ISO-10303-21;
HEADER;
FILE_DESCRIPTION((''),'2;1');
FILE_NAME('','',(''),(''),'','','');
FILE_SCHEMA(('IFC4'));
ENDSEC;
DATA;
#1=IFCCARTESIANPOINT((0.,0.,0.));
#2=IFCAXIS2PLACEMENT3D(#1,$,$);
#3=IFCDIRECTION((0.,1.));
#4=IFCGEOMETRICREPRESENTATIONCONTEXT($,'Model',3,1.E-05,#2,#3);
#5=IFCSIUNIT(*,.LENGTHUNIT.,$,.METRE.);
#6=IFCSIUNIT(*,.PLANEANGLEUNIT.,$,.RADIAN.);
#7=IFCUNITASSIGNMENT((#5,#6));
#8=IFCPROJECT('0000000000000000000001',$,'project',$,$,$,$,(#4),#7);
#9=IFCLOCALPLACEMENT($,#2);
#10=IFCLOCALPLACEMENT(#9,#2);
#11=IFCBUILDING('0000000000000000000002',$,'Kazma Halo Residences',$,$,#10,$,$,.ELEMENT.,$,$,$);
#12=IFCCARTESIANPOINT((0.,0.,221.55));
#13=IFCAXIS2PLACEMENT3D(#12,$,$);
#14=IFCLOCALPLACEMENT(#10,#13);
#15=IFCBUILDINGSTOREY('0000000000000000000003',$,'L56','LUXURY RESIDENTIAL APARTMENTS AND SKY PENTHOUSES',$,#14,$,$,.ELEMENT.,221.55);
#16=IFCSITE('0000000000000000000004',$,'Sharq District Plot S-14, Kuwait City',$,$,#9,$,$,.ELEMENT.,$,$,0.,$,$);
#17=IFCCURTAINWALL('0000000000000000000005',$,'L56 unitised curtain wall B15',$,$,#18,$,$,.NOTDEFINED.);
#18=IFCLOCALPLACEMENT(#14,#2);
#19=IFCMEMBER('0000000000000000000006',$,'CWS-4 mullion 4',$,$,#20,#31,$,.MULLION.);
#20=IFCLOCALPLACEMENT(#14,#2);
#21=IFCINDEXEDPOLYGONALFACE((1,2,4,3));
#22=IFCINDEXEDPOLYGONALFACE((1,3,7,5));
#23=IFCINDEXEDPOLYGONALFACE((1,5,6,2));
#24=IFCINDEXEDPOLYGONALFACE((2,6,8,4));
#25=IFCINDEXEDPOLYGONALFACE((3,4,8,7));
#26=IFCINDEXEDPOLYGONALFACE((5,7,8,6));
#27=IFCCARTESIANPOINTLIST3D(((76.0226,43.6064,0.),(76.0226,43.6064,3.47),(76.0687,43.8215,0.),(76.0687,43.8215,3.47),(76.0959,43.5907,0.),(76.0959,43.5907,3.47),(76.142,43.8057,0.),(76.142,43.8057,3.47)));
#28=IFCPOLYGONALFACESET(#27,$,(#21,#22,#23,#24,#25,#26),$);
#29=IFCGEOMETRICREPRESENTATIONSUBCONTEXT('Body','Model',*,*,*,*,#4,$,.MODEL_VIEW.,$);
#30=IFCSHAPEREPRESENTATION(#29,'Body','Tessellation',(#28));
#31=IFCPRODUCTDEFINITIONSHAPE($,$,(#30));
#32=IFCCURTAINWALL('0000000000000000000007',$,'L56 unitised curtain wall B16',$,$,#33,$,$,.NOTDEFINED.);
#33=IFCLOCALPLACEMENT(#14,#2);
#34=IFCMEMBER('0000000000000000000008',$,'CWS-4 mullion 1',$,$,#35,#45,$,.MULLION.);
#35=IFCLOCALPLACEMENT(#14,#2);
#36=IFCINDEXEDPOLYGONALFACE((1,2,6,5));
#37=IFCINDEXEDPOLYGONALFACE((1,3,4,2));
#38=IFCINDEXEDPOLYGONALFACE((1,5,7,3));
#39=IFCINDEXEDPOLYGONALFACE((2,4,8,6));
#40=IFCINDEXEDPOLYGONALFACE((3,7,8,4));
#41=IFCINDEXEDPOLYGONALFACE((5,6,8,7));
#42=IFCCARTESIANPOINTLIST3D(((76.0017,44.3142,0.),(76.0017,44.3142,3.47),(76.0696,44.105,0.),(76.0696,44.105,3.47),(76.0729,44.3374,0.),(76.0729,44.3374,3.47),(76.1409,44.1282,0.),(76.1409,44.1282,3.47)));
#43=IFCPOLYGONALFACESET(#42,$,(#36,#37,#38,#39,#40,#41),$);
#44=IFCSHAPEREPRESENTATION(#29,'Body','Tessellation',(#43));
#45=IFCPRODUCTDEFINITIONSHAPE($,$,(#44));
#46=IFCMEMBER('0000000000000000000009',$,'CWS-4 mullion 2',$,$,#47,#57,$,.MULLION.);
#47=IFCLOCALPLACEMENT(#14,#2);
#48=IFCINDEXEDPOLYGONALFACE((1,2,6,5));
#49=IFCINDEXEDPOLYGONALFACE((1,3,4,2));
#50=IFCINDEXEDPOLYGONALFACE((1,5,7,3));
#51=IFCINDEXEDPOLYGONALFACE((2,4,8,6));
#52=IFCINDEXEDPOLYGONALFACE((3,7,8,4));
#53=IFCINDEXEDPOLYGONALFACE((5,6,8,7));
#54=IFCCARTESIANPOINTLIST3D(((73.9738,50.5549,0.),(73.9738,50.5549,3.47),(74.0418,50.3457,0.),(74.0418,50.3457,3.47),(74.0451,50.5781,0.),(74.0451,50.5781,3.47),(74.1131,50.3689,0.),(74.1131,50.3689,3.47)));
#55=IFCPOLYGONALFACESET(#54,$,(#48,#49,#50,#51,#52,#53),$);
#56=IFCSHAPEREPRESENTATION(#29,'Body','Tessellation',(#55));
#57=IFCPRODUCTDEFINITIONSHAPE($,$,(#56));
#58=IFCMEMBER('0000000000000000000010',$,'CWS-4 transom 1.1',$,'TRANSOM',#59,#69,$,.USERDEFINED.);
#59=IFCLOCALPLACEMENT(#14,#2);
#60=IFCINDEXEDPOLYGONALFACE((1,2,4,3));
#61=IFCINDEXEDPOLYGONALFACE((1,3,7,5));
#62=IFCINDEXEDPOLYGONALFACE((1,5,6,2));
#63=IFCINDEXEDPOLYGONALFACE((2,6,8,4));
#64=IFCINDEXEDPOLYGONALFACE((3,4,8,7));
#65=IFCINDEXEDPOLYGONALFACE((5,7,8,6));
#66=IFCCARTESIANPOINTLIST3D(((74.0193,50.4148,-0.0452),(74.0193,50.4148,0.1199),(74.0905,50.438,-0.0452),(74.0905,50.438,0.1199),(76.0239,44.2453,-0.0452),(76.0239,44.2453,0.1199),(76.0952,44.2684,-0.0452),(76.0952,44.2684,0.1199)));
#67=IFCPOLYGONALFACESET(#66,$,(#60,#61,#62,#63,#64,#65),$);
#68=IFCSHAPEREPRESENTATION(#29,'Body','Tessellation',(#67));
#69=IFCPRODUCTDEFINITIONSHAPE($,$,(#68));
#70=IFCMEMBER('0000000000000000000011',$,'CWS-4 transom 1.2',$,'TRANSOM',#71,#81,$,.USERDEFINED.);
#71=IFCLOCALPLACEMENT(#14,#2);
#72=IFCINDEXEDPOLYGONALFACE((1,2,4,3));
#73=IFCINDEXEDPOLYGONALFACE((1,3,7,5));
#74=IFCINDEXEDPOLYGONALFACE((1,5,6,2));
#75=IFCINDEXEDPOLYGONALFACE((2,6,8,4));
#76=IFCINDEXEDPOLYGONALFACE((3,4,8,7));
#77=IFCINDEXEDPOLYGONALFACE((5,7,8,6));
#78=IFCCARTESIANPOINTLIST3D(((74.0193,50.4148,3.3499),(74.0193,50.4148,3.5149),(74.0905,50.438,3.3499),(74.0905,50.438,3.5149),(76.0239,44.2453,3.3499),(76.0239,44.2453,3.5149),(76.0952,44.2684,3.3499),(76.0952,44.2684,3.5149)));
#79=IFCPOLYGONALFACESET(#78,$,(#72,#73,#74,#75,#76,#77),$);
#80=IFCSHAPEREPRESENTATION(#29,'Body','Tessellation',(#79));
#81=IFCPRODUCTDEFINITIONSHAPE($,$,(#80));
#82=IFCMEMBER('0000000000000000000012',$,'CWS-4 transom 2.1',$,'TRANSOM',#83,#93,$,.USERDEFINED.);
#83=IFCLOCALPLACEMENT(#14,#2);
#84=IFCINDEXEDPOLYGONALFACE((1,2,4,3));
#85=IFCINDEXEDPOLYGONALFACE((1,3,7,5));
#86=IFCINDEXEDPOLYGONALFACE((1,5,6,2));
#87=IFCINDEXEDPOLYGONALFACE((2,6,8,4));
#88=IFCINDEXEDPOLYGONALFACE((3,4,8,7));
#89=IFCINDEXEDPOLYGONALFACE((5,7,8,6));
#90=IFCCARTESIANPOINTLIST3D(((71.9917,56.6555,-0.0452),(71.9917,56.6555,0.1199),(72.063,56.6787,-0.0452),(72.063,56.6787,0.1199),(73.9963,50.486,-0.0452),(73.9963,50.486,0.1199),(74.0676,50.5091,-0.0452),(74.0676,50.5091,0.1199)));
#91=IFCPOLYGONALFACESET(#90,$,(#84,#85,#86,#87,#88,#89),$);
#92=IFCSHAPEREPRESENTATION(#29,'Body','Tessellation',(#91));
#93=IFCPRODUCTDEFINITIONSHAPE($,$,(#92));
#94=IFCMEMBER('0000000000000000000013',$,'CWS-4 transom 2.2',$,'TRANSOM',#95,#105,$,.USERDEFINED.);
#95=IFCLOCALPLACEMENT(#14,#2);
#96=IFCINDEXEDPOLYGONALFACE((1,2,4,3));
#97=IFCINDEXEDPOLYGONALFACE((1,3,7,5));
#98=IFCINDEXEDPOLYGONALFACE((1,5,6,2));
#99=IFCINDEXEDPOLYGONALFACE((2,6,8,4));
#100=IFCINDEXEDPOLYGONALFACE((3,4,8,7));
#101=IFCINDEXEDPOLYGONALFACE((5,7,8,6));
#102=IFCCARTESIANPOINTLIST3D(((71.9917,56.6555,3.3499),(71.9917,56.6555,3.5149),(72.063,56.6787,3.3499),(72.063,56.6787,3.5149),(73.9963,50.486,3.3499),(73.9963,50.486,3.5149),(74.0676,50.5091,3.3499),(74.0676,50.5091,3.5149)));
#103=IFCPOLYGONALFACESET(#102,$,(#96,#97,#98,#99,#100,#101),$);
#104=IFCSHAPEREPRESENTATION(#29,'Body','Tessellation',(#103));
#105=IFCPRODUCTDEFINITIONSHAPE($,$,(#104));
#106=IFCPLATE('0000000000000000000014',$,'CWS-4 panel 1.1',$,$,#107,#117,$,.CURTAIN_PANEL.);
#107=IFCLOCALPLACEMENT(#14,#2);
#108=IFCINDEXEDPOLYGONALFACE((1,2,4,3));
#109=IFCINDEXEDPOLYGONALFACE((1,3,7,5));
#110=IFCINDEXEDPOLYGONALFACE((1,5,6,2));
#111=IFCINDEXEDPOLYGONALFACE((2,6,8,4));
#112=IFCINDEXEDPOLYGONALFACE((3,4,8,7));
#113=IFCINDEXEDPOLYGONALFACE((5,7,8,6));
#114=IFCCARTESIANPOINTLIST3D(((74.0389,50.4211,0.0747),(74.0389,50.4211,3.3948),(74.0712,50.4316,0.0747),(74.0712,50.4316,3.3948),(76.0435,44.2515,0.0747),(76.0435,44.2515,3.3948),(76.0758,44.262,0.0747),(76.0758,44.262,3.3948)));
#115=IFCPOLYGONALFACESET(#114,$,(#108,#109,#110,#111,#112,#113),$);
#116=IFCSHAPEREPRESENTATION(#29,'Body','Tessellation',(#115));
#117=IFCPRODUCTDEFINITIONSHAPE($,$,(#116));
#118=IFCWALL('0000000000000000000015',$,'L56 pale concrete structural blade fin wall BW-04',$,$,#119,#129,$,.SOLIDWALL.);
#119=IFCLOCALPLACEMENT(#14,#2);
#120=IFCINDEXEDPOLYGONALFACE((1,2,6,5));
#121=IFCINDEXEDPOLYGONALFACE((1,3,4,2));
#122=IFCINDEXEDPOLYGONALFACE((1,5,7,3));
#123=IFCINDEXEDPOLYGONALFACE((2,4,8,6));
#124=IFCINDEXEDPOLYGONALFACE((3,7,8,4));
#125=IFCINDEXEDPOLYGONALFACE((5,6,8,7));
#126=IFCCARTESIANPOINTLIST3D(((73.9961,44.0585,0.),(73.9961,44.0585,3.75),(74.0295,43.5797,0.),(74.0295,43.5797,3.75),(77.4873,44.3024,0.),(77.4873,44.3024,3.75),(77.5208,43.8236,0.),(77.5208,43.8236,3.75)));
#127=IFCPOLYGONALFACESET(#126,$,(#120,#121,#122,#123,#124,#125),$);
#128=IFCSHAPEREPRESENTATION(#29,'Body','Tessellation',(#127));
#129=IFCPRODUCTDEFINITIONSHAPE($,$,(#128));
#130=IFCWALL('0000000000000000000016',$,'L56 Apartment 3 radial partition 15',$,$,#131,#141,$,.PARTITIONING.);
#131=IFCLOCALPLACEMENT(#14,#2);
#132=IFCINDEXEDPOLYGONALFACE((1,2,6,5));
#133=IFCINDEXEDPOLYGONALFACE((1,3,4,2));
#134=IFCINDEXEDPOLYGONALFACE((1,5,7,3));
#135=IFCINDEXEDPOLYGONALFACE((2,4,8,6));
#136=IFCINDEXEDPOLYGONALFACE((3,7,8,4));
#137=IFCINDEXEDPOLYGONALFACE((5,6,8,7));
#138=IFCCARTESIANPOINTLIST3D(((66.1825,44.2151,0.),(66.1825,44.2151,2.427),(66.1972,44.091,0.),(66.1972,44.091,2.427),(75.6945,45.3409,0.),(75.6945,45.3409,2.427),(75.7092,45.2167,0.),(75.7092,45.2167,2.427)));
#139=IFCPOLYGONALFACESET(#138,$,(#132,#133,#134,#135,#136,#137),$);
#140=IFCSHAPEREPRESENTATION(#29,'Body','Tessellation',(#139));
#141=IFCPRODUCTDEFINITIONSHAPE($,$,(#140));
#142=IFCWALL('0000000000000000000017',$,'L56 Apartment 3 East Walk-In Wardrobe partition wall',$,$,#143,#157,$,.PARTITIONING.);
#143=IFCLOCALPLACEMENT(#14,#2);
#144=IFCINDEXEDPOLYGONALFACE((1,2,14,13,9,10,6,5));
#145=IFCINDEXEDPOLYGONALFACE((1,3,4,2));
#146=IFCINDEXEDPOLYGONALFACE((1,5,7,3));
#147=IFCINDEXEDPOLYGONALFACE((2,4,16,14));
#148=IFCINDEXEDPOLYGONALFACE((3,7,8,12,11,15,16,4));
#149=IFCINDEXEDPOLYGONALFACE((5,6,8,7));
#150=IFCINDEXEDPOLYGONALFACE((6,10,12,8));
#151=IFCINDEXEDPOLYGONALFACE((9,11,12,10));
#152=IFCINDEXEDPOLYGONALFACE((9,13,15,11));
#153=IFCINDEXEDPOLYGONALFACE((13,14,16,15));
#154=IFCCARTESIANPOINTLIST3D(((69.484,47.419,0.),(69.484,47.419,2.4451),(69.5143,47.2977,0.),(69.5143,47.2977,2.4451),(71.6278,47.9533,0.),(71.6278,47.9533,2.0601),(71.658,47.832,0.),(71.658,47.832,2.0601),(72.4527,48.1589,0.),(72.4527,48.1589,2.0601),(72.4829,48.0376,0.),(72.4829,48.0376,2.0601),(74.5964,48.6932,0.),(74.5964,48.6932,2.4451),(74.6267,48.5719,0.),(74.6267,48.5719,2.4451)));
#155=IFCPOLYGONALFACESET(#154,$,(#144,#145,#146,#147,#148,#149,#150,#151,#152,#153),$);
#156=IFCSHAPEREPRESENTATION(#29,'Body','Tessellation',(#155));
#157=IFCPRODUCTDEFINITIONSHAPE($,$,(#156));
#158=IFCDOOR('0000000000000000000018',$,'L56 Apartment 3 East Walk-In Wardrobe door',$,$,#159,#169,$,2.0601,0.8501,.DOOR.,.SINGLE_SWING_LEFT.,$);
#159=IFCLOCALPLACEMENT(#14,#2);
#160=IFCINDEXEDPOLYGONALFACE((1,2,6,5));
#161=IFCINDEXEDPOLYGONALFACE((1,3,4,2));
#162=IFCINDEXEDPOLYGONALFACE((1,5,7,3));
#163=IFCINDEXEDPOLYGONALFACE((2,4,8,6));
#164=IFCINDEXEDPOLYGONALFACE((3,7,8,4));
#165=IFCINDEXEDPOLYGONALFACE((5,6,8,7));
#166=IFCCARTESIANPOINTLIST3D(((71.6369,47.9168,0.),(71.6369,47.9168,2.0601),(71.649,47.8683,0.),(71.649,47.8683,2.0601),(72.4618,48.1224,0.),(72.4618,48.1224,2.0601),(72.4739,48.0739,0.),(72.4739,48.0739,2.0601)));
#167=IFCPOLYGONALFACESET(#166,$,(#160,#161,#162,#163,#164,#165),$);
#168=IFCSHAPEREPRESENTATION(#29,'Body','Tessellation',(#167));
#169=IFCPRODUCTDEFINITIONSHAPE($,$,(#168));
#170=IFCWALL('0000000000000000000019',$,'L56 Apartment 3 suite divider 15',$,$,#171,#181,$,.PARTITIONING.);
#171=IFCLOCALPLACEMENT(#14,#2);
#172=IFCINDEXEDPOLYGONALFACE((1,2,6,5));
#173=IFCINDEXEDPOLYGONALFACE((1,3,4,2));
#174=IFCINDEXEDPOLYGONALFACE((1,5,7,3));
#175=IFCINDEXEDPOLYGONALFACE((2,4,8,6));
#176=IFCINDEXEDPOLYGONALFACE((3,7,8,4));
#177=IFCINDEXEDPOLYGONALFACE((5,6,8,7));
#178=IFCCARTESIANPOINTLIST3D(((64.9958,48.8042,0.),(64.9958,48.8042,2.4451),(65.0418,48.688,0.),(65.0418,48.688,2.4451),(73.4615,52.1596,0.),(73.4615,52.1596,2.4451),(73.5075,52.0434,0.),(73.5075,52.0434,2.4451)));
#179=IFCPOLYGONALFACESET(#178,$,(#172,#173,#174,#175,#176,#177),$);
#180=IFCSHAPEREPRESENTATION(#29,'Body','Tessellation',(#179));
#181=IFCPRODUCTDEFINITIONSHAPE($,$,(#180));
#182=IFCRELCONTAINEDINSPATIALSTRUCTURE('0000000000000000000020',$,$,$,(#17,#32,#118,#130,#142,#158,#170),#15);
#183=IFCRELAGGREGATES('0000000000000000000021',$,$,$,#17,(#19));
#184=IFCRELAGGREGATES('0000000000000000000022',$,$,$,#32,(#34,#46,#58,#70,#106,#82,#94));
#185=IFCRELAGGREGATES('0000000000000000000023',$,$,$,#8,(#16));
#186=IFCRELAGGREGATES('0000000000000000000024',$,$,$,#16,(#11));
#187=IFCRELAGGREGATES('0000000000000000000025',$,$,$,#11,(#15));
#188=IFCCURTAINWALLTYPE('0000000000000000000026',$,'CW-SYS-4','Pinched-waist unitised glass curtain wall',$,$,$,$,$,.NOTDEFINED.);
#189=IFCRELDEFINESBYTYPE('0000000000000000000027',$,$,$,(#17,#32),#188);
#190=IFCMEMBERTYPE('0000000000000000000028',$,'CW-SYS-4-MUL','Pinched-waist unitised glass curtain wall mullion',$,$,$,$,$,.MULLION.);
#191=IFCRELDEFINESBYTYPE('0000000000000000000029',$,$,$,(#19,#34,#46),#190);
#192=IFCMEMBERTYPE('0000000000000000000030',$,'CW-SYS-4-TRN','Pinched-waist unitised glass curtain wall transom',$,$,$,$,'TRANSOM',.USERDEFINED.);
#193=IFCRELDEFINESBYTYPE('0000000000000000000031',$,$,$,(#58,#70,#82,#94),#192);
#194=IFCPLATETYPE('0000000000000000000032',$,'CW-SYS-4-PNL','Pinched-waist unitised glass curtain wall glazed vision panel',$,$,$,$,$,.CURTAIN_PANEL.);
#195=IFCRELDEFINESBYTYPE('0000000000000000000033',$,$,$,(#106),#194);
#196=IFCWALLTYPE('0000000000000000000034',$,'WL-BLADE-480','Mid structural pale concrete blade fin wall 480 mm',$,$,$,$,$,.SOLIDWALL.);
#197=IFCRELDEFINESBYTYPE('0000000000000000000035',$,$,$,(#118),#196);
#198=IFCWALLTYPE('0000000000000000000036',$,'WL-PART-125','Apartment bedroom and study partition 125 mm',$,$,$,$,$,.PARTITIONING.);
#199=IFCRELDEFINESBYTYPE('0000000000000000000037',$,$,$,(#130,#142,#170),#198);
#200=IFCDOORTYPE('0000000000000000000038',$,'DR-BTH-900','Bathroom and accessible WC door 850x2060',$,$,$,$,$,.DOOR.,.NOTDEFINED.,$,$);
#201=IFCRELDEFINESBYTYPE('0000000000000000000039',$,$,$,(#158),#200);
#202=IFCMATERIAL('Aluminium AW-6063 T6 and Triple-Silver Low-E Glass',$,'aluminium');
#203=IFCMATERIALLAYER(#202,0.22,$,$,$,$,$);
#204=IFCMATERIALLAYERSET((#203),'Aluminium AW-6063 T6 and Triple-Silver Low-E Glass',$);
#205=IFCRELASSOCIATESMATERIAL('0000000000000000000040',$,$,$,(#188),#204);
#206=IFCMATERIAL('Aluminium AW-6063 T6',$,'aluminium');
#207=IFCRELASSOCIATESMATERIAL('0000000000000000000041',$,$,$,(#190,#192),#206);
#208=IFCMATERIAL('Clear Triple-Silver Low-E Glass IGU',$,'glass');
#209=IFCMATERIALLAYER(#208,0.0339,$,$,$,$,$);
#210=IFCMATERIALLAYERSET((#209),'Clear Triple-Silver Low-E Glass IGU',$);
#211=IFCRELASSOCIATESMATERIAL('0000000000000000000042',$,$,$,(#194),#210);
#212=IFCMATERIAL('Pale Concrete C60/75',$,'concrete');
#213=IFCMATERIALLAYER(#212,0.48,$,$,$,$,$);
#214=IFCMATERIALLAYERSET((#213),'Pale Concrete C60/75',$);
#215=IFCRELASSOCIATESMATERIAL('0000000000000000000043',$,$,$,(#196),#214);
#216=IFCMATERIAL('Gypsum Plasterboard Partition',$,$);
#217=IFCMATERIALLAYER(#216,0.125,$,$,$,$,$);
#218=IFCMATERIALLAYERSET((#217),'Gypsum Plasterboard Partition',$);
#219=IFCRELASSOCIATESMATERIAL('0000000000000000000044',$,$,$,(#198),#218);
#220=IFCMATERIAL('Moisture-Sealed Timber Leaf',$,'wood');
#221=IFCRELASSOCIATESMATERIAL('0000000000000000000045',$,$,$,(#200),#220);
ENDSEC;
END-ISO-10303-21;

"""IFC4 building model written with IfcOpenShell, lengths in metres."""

from ifc_helpers import new_model, si_unit, direction, frame, frame_2d, origin, origin_2d, place, context, subcontext, project, spatial, rectangle, extrude, material, layer, layer_set, material_profile, profile_set, type_object, element, fill, aggregate, save


model = new_model("IFC4")

# Units and contexts
model_context = context("Model", 3, precision=1e-05, world=origin(), true_north=direction((0.0, 1.0)))
body_context = subcontext(model_context, "Body", "Model", "MODEL_VIEW")
ifc_project = project(units=[si_unit("LENGTHUNIT", "METRE"), si_unit("PLANEANGLEUNIT", "RADIAN")], contexts=[model_context])

# Site, building, storey
site_placement = place(None, origin())
site = spatial("IfcSite", under=ifc_project, at=site_placement, Name="Sharq District Plot S-14, Kuwait City", CompositionType="ELEMENT", RefElevation=0.0)
building_placement = place(site_placement, origin())
building = spatial("IfcBuilding", under=site, at=building_placement, Name="Kazma Halo Residences", CompositionType="ELEMENT")
storey_placement = place(building_placement, frame((0.0, 0.0, 221.55)))
storey = spatial("IfcBuildingStorey", under=building, at=storey_placement, Name="L56", Description="LUXURY RESIDENTIAL APARTMENTS AND SKY PENTHOUSES", CompositionType="ELEMENT", Elevation=221.55)

# Curtain wall, member
ifc_material_1 = material(Name="Aluminium AW-6063 T6 and Triple-Silver Low-E Glass", Category="aluminium")
ifc_layer_1 = layer(ifc_material_1, 0.22)
ifc_layer_set_1 = layer_set([ifc_layer_1], Name="Aluminium AW-6063 T6 and Triple-Silver Low-E Glass")
curtain_wall_type = type_object("IfcCurtainWallType", Name="CW-SYS-4", Description="Pinched-waist unitised glass curtain wall", PredefinedType="NOTDEFINED", material=ifc_layer_set_1)
curtain_wall_1_placement = place(storey_placement, origin())
curtain_wall_1 = element("IfcCurtainWall", 1, at=curtain_wall_1_placement, inside=storey, type_object=curtain_wall_type, Name="L56 unitised curtain wall B15", PredefinedType="NOTDEFINED")
ifc_material_2 = material(Name="Aluminium AW-6063 T6", Category="aluminium")
ifc_material_profile_1 = material_profile(ifc_material_2, rectangle(XDim=0.075, YDim=0.22, at=origin_2d()), Name="CWM-75x220")
ifc_profile_set_1 = profile_set([ifc_material_profile_1], Name="Aluminium AW-6063 T6")
member_type_1 = type_object("IfcMemberType", Name="CW-SYS-4-MUL", Description="Pinched-waist unitised glass curtain wall mullion", PredefinedType="MULLION", material=ifc_profile_set_1)
member_1_placement = place(storey_placement, frame((76.0823, 43.7061, 0.0), z_axis=(0.0, 0.0, 1.0), x_axis=(-0.977768, 0.20969, 0.0)))
member_1 = element("IfcMember", 2, at=member_1_placement, type_object=member_type_1, Name="CWS-4 mullion 4", PredefinedType="MULLION", context=body_context, shape_type="SweptSolid", body=[
    extrude(rectangle(XDim=0.075, YDim=0.22, at=origin_2d()), origin(), (0.0, 0.0, 1.0), 3.47),
])
aggregate(curtain_wall_1, [member_1])

# Curtain wall, members, plate
curtain_wall_2_placement = place(storey_placement, origin())
curtain_wall_2 = element("IfcCurtainWall", 3, at=curtain_wall_2_placement, inside=storey, type_object=curtain_wall_type, Name="L56 unitised curtain wall B16", PredefinedType="NOTDEFINED")
member_2_placement = place(storey_placement, frame((76.0713, 44.2212, 0.0), z_axis=(0.0, 0.0, 1.0), x_axis=(-0.951057, -0.309016, 0.0)))
member_2 = element("IfcMember", 4, at=member_2_placement, type_object=member_type_1, Name="CWS-4 mullion 1", PredefinedType="MULLION", context=body_context, shape_type="SweptSolid", body=[
    extrude(rectangle(XDim=0.075, YDim=0.22, at=origin_2d()), origin(), (0.0, 0.0, 1.0), 3.47),
])
member_3_placement = place(storey_placement, frame((74.0435, 50.4619, 0.0), z_axis=(0.0, 0.0, 1.0), x_axis=(-0.951057, -0.309016, 0.0)))
member_3 = element("IfcMember", 5, at=member_3_placement, type_object=member_type_1, Name="CWS-4 mullion 2", PredefinedType="MULLION", context=body_context, shape_type="SweptSolid", body=[
    extrude(rectangle(XDim=0.075, YDim=0.22, at=origin_2d()), origin(), (0.0, 0.0, 1.0), 3.47),
])
ifc_material_profile_2 = material_profile(ifc_material_2, rectangle(XDim=0.075, YDim=0.165, at=origin_2d()), Name="CWT-75x165")
ifc_profile_set_2 = profile_set([ifc_material_profile_2], Name="Aluminium AW-6063 T6")
member_type_2 = type_object("IfcMemberType", Name="CW-SYS-4-TRN", Description="Pinched-waist unitised glass curtain wall transom", ElementType="TRANSOM", PredefinedType="USERDEFINED", material=ifc_profile_set_2)
member_4_placement = place(storey_placement, frame((76.0596, 44.2568, 0.0374), z_axis=(-0.309027, 0.951053, 0.0), x_axis=(-0.951053, -0.309027, 0.0)))
member_4 = element("IfcMember", 6, at=member_4_placement, type_object=member_type_2, Name="CWS-4 transom 1.1", ObjectType="TRANSOM", PredefinedType="USERDEFINED", context=body_context, shape_type="SweptSolid", body=[
    extrude(rectangle(XDim=0.075, YDim=0.165, at=origin_2d()), origin(), (0.0, 0.0, 1.0), 6.4871),
])
member_5_placement = place(storey_placement, frame((76.0596, 44.2568, 3.4324), z_axis=(-0.309027, 0.951053, 0.0), x_axis=(-0.951053, -0.309027, 0.0)))
member_5 = element("IfcMember", 7, at=member_5_placement, type_object=member_type_2, Name="CWS-4 transom 1.2", ObjectType="TRANSOM", PredefinedType="USERDEFINED", context=body_context, shape_type="SweptSolid", body=[
    extrude(rectangle(XDim=0.075, YDim=0.165, at=origin_2d()), origin(), (0.0, 0.0, 1.0), 6.4871),
])
member_6_placement = place(storey_placement, frame((74.032, 50.4976, 0.0374), z_axis=(-0.309015, 0.951057, 0.0), x_axis=(-0.951057, -0.309015, 0.0)))
member_6 = element("IfcMember", 8, at=member_6_placement, type_object=member_type_2, Name="CWS-4 transom 2.1", ObjectType="TRANSOM", PredefinedType="USERDEFINED", context=body_context, shape_type="SweptSolid", body=[
    extrude(rectangle(XDim=0.075, YDim=0.165, at=origin_2d()), origin(), (0.0, 0.0, 1.0), 6.4871),
])
member_7_placement = place(storey_placement, frame((74.032, 50.4976, 3.4324), z_axis=(-0.309015, 0.951057, 0.0), x_axis=(-0.951057, -0.309015, 0.0)))
member_7 = element("IfcMember", 9, at=member_7_placement, type_object=member_type_2, Name="CWS-4 transom 2.2", ObjectType="TRANSOM", PredefinedType="USERDEFINED", context=body_context, shape_type="SweptSolid", body=[
    extrude(rectangle(XDim=0.075, YDim=0.165, at=origin_2d()), origin(), (0.0, 0.0, 1.0), 6.4871),
])
ifc_material_3 = material(Name="Clear Triple-Silver Low-E Glass IGU", Category="glass")
ifc_layer_2 = layer(ifc_material_3, 0.0339)
ifc_layer_set_2 = layer_set([ifc_layer_2], Name="Clear Triple-Silver Low-E Glass IGU")
plate_type = type_object("IfcPlateType", Name="CW-SYS-4-PNL", Description="Pinched-waist unitised glass curtain wall glazed vision panel", PredefinedType="CURTAIN_PANEL", material=ifc_layer_set_2)
plate_placement = place(storey_placement, frame((75.0574, 47.3416, 0.0747), z_axis=(0.0, 0.0, 1.0), x_axis=(-0.309016, 0.951057, 0.0)))
plate = element("IfcPlate", 10, at=plate_placement, type_object=plate_type, Name="CWS-4 panel 1.1", PredefinedType="CURTAIN_PANEL", context=body_context, shape_type="SweptSolid", body=[
    extrude(rectangle(XDim=6.4871, YDim=0.0339, at=origin_2d()), origin(), (0.0, 0.0, 1.0), 3.3201),
])
aggregate(curtain_wall_2, [member_2, member_3, member_4, member_5, plate, member_6, member_7])

# Walls
ifc_material_4 = material(Name="Pale Concrete C60/75", Category="concrete")
ifc_layer_3 = layer(ifc_material_4, 0.48)
ifc_layer_set_3 = layer_set([ifc_layer_3], Name="Pale Concrete C60/75")
wall_type_1 = type_object("IfcWallType", Name="WL-BLADE-480", Description="Mid structural pale concrete blade fin wall 480 mm", PredefinedType="SOLIDWALL", material=ifc_layer_set_3)
wall_1_placement = place(storey_placement, frame((74.0127, 43.8191, 0.0), z_axis=(0.0, 0.0, 1.0), x_axis=(0.997569, 0.06969, 0.0)))
element("IfcWall", 11, at=wall_1_placement, inside=storey, type_object=wall_type_1, Name="L56 pale concrete structural blade fin wall BW-04", PredefinedType="SOLIDWALL", context=body_context, shape_type="SweptSolid", body=[
    extrude(rectangle(XDim=3.4998, YDim=0.48, at=frame_2d((1.75, 0.0))), origin(), (0.0, 0.0, 1.0), 3.75),
])
ifc_material_5 = material(Name="Gypsum Plasterboard Partition")
ifc_layer_4 = layer(ifc_material_5, 0.125)
ifc_layer_set_4 = layer_set([ifc_layer_4], Name="Gypsum Plasterboard Partition")
wall_type_2 = type_object("IfcWallType", Name="WL-PART-125", Description="Apartment bedroom and study partition 125 mm", PredefinedType="PARTITIONING", material=ifc_layer_set_4)
wall_2_placement = place(storey_placement, frame((66.1899, 44.1531, 0.0), z_axis=(0.0, 0.0, 1.0), x_axis=(0.993069, 0.117529, 0.0)))
element("IfcWall", 12, at=wall_2_placement, inside=storey, type_object=wall_type_2, Name="L56 Apartment 3 radial partition 15", PredefinedType="PARTITIONING", context=body_context, shape_type="SweptSolid", body=[
    extrude(rectangle(XDim=9.5784, YDim=0.125, at=frame_2d((4.7891, 0.0))), origin(), (0.0, 0.0, 1.0), 2.427),
])

# Wall, opening, door
wall_3_placement = place(storey_placement, frame((69.4993, 47.3584, 0.0), z_axis=(0.0, 0.0, 1.0), x_axis=(0.970317, 0.241838, 0.0)))
wall_3 = element("IfcWall", 13, at=wall_3_placement, inside=storey, type_object=wall_type_2, Name="L56 Apartment 3 East Walk-In Wardrobe partition wall", PredefinedType="PARTITIONING", context=body_context, shape_type="SweptSolid", body=[
    extrude(rectangle(XDim=5.2688, YDim=0.125, at=frame_2d((2.6343, 0.0))), origin(), (0.0, 0.0, 1.0), 2.4451),
])
opening_1_placement = place(wall_3_placement, frame((2.2092, 0.0, 0.0)))
opening_1 = element("IfcOpeningElement", 14, at=opening_1_placement, cuts=wall_3, PredefinedType="OPENING", context=body_context, shape_type="SweptSolid", body=[
    extrude(rectangle(XDim=0.8501, YDim=2.0601, at=frame_2d((0.425, 1.03))), frame((0.0, 0.0725, 0.0), z_axis=(0.0, -1.0, 0.0), x_axis=(1.0, 0.0, 0.0)), (0.0, 0.0, 1.0), 0.145),
])
ifc_material_6 = material(Name="Moisture-Sealed Timber Leaf", Category="wood")
door_type = type_object("IfcDoorType", Name="DR-BTH-900", Description="Bathroom and accessible WC door 850x2060", OperationType="NOTDEFINED", PredefinedType="DOOR", material=ifc_material_6)
door_1_placement = place(opening_1_placement, origin())
door_1 = element("IfcDoor", 15, at=door_1_placement, inside=storey, type_object=door_type, Name="L56 Apartment 3 East Walk-In Wardrobe door", OperationType="SINGLE_SWING_LEFT", OverallHeight=2.0601, OverallWidth=0.8501, PredefinedType="DOOR", context=body_context, shape_type="SweptSolid", body=[
    extrude(rectangle(XDim=0.8501, YDim=2.0601, at=frame_2d((0.425, 1.03))), frame((0.0, 0.0249, 0.0), z_axis=(0.0, -1.0, 0.0), x_axis=(1.0, 0.0, 0.0)), (0.0, 0.0, 1.0), 0.05),
])
fill(opening_1, door_1)

# Wall
wall_4_placement = place(storey_placement, frame((65.0188, 48.7461, 0.0), z_axis=(0.0, 0.0, 1.0), x_axis=(0.929641, 0.368468, 0.0)))
element("IfcWall", 16, at=wall_4_placement, inside=storey, type_object=wall_type_2, Name="L56 Apartment 3 suite divider 15", PredefinedType="PARTITIONING", context=body_context, shape_type="SweptSolid", body=[
    extrude(rectangle(XDim=9.1064, YDim=0.125, at=frame_2d((4.5532, 0.0))), origin(), (0.0, 0.0, 1.0), 2.4451),
])

save(model, "model.ifc")
